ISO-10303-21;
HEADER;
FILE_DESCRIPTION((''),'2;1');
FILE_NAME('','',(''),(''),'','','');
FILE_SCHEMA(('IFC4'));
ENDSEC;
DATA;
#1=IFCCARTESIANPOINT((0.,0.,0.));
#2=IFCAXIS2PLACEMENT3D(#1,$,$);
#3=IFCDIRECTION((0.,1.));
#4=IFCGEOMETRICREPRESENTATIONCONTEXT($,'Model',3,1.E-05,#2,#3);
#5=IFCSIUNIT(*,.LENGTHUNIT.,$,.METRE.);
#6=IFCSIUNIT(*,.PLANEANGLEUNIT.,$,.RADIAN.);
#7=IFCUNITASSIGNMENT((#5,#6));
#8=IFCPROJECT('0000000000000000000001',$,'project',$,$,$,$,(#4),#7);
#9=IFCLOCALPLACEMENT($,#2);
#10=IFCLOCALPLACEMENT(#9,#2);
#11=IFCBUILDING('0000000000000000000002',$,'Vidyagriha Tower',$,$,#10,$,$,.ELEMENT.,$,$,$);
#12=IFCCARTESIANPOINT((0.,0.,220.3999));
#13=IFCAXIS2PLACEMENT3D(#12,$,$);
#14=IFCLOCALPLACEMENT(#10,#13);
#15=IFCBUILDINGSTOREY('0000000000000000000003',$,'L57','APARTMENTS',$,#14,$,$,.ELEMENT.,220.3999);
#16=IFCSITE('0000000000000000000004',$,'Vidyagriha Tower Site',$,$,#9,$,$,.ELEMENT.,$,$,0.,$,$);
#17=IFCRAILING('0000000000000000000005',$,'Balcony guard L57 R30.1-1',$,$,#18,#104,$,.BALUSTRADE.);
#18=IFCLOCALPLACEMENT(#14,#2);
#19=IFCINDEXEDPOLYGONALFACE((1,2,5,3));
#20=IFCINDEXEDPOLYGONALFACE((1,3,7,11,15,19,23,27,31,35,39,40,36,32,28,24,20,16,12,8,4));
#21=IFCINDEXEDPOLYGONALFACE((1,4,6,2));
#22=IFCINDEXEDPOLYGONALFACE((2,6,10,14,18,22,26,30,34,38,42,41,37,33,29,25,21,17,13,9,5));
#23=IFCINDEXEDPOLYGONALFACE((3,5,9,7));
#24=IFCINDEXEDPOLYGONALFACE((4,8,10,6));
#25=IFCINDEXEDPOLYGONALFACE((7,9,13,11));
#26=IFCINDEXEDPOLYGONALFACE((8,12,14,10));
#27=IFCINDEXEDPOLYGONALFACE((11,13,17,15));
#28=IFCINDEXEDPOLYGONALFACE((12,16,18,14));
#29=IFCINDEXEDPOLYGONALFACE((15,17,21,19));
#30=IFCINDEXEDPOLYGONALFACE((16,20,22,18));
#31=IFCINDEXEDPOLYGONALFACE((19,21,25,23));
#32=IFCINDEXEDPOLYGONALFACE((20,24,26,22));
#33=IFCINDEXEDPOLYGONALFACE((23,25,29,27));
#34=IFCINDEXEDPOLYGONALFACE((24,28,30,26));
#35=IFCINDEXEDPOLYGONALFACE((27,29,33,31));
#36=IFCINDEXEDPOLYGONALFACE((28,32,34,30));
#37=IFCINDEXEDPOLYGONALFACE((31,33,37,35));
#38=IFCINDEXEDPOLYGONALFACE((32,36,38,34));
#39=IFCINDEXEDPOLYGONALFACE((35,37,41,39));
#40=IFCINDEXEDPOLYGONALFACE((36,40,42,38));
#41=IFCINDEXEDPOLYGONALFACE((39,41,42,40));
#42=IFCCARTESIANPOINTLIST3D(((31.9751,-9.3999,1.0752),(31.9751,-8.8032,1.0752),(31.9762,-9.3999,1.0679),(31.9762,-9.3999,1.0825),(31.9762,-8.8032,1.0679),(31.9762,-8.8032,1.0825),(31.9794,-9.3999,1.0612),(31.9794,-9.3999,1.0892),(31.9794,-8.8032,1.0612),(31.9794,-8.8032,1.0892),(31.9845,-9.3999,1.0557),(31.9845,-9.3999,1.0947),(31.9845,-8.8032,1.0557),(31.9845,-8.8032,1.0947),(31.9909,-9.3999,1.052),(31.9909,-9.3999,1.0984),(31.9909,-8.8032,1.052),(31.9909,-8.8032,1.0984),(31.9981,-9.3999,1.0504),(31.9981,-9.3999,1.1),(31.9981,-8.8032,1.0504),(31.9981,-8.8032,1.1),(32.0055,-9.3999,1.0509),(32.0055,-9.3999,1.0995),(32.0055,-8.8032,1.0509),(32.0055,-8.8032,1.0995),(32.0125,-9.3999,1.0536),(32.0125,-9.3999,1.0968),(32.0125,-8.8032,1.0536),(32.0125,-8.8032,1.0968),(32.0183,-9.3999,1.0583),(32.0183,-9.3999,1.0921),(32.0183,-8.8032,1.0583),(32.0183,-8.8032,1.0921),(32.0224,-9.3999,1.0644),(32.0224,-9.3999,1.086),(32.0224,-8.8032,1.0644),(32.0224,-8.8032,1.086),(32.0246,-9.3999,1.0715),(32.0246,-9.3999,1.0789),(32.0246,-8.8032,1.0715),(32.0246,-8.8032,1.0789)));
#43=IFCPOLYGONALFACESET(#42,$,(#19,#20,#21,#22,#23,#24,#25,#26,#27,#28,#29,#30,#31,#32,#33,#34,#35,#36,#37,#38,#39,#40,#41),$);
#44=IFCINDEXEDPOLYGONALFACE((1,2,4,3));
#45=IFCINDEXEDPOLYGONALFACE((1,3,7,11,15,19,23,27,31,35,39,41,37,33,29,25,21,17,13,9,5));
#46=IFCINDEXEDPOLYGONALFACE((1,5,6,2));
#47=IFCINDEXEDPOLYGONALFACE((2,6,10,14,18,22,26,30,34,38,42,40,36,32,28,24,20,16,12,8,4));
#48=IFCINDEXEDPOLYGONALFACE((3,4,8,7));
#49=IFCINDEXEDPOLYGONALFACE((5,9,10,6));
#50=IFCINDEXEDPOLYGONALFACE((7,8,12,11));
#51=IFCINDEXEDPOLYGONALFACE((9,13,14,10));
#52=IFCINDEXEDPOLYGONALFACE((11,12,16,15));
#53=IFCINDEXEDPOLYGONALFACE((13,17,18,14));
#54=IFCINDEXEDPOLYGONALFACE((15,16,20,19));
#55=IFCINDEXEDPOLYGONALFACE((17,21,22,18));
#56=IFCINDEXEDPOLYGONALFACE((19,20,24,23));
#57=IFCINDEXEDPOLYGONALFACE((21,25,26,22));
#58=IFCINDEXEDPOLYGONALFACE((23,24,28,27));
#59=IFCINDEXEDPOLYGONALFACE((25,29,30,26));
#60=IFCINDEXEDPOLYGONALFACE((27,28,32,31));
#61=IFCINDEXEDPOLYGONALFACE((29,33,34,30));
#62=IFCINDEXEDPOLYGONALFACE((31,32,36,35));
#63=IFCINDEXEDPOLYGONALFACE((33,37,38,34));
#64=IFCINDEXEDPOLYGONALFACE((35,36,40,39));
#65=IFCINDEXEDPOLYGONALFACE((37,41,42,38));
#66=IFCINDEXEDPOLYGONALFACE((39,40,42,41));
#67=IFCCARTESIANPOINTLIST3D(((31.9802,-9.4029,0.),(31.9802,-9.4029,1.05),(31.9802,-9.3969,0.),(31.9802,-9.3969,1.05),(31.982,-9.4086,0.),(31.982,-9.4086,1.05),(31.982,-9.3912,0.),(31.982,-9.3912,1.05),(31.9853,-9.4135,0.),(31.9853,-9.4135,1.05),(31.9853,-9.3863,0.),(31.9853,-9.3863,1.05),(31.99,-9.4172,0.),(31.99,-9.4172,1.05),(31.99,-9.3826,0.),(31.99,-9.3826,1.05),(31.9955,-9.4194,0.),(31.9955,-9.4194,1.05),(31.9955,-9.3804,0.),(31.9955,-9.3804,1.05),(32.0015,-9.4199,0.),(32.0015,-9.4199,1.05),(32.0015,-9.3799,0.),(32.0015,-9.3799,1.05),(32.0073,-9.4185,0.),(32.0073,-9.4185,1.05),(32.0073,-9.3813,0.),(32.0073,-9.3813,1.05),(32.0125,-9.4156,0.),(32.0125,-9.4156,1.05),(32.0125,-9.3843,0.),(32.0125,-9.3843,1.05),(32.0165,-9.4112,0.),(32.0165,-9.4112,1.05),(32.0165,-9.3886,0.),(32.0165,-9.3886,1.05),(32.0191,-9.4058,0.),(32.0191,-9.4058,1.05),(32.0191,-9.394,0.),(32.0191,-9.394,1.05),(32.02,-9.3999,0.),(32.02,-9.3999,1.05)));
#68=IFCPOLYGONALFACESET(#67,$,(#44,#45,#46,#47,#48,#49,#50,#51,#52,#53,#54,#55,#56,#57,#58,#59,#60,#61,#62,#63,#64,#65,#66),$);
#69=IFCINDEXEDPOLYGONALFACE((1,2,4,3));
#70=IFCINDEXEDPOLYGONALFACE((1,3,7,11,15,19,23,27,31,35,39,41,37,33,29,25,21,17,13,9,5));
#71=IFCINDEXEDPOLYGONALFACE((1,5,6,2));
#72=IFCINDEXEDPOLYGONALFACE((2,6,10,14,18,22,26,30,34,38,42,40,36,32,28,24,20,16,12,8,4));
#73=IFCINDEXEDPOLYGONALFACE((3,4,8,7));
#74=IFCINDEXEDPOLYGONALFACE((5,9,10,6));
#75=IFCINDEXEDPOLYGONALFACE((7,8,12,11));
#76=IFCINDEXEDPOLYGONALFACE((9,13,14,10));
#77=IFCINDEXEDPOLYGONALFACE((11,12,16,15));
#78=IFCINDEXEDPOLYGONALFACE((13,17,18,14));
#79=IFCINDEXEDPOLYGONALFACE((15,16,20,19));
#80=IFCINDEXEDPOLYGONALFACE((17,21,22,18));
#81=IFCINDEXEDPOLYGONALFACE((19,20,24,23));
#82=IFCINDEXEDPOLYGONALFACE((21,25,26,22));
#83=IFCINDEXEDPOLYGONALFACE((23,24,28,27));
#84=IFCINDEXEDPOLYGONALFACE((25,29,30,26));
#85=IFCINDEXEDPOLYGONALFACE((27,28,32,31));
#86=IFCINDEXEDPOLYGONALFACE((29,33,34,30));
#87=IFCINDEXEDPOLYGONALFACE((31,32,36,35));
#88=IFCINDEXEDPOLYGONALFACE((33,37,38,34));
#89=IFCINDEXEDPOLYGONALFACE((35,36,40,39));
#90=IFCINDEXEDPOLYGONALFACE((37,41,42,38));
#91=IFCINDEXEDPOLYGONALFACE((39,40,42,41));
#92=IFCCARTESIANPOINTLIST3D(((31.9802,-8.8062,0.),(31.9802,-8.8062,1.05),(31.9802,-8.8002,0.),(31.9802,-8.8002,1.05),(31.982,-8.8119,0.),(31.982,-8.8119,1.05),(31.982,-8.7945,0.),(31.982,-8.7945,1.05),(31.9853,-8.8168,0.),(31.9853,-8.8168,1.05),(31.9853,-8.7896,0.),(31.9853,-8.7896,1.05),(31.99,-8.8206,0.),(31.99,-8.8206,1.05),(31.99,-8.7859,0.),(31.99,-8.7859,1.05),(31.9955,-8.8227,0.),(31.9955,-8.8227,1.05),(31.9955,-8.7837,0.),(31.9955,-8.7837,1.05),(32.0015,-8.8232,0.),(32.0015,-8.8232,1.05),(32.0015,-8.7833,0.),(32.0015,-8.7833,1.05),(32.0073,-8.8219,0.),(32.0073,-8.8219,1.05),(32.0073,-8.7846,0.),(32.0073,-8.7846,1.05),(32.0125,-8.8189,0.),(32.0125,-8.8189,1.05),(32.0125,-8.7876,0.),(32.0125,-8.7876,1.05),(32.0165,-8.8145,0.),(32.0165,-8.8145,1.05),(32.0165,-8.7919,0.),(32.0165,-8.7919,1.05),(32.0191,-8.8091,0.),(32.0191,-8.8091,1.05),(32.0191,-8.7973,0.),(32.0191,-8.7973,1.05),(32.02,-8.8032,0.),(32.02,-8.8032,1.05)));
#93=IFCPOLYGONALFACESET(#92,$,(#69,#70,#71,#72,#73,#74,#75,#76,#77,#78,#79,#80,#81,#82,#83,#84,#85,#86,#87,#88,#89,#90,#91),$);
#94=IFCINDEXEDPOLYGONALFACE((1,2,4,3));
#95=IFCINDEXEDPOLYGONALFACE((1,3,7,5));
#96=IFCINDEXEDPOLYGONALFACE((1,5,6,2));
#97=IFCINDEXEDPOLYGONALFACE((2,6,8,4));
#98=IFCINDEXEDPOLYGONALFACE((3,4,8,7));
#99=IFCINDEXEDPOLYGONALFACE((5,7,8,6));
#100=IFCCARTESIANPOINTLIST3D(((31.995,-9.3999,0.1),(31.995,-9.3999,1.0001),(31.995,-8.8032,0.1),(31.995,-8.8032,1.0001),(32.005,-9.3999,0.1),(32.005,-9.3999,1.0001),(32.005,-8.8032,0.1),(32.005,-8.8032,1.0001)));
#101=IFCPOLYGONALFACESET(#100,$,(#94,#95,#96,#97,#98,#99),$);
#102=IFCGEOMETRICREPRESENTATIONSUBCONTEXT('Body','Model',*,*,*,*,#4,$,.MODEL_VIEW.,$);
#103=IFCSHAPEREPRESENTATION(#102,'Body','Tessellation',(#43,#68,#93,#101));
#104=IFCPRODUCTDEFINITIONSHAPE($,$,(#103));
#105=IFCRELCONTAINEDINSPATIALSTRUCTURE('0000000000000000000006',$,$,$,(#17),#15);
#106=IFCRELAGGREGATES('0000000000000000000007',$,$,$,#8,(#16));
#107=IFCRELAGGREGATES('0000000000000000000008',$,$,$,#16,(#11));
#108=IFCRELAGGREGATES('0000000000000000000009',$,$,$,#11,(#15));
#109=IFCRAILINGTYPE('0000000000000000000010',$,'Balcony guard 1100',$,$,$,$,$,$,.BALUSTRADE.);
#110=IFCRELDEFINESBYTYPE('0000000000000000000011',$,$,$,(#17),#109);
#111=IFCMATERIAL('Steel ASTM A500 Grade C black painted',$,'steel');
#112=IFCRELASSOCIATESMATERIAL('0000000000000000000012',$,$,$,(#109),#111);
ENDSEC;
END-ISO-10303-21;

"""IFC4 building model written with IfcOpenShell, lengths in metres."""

from ifc_helpers import new_model, si_unit, direction, frame, origin, origin_2d, place, context, subcontext, project, spatial, rectangle, circle, extrude, material, type_object, element, save


model = new_model("IFC4")

# Units and contexts
model_context = context("Model", 3, precision=1e-05, world=origin(), true_north=direction((0.0, 1.0)))
body_context = subcontext(model_context, "Body", "Model", "MODEL_VIEW")
ifc_project = project(units=[si_unit("LENGTHUNIT", "METRE"), si_unit("PLANEANGLEUNIT", "RADIAN")], contexts=[model_context])

# Site, building, storey
site_placement = place(None, origin())
site = spatial("IfcSite", under=ifc_project, at=site_placement, Name="Vidyagriha Tower Site", CompositionType="ELEMENT", RefElevation=0.0)
building_placement = place(site_placement, origin())
building = spatial("IfcBuilding", under=site, at=building_placement, Name="Vidyagriha Tower", CompositionType="ELEMENT")
storey_placement = place(building_placement, frame((0.0, 0.0, 220.3999)))
storey = spatial("IfcBuildingStorey", under=building, at=storey_placement, Name="L57", Description="APARTMENTS", CompositionType="ELEMENT", Elevation=220.3999)

# Railing
ifc_material_1 = material(Name="Steel ASTM A500 Grade C black painted", Category="steel")
railing_type_1 = type_object("IfcRailingType", Name="Balcony guard 1100", PredefinedType="BALUSTRADE", material=ifc_material_1)
railing_1_placement = place(storey_placement, frame((32.0, -9.3999, 0.0)))
element("IfcRailing", 1, at=railing_1_placement, inside=storey, type_object=railing_type_1, Name="Balcony guard L57 R30.1-1", PredefinedType="BALUSTRADE", context=body_context, shape_type="SweptSolid", body=[
    extrude(circle(Radius=0.0249, at=origin_2d()), frame((0.0, 0.0, 1.0752), z_axis=(0.0, 1.0, 0.0), x_axis=(-1.0, 0.0, 0.0)), (0.0, 0.0, 1.0), 0.5967),
    extrude(circle(Radius=0.02, at=origin_2d()), origin(), (0.0, 0.0, 1.0), 1.05),
    extrude(circle(Radius=0.02, at=origin_2d()), frame((0.0, 0.5967, 0.0)), (0.0, 0.0, 1.0), 1.05),
    extrude(rectangle(XDim=0.01, YDim=0.9001, at=origin_2d()), frame((0.0, 0.0, 0.55), z_axis=(0.0, 1.0, 0.0), x_axis=(-1.0, 0.0, 0.0)), (0.0, 0.0, 1.0), 0.5967),
])

save(model, "model.ifc")
